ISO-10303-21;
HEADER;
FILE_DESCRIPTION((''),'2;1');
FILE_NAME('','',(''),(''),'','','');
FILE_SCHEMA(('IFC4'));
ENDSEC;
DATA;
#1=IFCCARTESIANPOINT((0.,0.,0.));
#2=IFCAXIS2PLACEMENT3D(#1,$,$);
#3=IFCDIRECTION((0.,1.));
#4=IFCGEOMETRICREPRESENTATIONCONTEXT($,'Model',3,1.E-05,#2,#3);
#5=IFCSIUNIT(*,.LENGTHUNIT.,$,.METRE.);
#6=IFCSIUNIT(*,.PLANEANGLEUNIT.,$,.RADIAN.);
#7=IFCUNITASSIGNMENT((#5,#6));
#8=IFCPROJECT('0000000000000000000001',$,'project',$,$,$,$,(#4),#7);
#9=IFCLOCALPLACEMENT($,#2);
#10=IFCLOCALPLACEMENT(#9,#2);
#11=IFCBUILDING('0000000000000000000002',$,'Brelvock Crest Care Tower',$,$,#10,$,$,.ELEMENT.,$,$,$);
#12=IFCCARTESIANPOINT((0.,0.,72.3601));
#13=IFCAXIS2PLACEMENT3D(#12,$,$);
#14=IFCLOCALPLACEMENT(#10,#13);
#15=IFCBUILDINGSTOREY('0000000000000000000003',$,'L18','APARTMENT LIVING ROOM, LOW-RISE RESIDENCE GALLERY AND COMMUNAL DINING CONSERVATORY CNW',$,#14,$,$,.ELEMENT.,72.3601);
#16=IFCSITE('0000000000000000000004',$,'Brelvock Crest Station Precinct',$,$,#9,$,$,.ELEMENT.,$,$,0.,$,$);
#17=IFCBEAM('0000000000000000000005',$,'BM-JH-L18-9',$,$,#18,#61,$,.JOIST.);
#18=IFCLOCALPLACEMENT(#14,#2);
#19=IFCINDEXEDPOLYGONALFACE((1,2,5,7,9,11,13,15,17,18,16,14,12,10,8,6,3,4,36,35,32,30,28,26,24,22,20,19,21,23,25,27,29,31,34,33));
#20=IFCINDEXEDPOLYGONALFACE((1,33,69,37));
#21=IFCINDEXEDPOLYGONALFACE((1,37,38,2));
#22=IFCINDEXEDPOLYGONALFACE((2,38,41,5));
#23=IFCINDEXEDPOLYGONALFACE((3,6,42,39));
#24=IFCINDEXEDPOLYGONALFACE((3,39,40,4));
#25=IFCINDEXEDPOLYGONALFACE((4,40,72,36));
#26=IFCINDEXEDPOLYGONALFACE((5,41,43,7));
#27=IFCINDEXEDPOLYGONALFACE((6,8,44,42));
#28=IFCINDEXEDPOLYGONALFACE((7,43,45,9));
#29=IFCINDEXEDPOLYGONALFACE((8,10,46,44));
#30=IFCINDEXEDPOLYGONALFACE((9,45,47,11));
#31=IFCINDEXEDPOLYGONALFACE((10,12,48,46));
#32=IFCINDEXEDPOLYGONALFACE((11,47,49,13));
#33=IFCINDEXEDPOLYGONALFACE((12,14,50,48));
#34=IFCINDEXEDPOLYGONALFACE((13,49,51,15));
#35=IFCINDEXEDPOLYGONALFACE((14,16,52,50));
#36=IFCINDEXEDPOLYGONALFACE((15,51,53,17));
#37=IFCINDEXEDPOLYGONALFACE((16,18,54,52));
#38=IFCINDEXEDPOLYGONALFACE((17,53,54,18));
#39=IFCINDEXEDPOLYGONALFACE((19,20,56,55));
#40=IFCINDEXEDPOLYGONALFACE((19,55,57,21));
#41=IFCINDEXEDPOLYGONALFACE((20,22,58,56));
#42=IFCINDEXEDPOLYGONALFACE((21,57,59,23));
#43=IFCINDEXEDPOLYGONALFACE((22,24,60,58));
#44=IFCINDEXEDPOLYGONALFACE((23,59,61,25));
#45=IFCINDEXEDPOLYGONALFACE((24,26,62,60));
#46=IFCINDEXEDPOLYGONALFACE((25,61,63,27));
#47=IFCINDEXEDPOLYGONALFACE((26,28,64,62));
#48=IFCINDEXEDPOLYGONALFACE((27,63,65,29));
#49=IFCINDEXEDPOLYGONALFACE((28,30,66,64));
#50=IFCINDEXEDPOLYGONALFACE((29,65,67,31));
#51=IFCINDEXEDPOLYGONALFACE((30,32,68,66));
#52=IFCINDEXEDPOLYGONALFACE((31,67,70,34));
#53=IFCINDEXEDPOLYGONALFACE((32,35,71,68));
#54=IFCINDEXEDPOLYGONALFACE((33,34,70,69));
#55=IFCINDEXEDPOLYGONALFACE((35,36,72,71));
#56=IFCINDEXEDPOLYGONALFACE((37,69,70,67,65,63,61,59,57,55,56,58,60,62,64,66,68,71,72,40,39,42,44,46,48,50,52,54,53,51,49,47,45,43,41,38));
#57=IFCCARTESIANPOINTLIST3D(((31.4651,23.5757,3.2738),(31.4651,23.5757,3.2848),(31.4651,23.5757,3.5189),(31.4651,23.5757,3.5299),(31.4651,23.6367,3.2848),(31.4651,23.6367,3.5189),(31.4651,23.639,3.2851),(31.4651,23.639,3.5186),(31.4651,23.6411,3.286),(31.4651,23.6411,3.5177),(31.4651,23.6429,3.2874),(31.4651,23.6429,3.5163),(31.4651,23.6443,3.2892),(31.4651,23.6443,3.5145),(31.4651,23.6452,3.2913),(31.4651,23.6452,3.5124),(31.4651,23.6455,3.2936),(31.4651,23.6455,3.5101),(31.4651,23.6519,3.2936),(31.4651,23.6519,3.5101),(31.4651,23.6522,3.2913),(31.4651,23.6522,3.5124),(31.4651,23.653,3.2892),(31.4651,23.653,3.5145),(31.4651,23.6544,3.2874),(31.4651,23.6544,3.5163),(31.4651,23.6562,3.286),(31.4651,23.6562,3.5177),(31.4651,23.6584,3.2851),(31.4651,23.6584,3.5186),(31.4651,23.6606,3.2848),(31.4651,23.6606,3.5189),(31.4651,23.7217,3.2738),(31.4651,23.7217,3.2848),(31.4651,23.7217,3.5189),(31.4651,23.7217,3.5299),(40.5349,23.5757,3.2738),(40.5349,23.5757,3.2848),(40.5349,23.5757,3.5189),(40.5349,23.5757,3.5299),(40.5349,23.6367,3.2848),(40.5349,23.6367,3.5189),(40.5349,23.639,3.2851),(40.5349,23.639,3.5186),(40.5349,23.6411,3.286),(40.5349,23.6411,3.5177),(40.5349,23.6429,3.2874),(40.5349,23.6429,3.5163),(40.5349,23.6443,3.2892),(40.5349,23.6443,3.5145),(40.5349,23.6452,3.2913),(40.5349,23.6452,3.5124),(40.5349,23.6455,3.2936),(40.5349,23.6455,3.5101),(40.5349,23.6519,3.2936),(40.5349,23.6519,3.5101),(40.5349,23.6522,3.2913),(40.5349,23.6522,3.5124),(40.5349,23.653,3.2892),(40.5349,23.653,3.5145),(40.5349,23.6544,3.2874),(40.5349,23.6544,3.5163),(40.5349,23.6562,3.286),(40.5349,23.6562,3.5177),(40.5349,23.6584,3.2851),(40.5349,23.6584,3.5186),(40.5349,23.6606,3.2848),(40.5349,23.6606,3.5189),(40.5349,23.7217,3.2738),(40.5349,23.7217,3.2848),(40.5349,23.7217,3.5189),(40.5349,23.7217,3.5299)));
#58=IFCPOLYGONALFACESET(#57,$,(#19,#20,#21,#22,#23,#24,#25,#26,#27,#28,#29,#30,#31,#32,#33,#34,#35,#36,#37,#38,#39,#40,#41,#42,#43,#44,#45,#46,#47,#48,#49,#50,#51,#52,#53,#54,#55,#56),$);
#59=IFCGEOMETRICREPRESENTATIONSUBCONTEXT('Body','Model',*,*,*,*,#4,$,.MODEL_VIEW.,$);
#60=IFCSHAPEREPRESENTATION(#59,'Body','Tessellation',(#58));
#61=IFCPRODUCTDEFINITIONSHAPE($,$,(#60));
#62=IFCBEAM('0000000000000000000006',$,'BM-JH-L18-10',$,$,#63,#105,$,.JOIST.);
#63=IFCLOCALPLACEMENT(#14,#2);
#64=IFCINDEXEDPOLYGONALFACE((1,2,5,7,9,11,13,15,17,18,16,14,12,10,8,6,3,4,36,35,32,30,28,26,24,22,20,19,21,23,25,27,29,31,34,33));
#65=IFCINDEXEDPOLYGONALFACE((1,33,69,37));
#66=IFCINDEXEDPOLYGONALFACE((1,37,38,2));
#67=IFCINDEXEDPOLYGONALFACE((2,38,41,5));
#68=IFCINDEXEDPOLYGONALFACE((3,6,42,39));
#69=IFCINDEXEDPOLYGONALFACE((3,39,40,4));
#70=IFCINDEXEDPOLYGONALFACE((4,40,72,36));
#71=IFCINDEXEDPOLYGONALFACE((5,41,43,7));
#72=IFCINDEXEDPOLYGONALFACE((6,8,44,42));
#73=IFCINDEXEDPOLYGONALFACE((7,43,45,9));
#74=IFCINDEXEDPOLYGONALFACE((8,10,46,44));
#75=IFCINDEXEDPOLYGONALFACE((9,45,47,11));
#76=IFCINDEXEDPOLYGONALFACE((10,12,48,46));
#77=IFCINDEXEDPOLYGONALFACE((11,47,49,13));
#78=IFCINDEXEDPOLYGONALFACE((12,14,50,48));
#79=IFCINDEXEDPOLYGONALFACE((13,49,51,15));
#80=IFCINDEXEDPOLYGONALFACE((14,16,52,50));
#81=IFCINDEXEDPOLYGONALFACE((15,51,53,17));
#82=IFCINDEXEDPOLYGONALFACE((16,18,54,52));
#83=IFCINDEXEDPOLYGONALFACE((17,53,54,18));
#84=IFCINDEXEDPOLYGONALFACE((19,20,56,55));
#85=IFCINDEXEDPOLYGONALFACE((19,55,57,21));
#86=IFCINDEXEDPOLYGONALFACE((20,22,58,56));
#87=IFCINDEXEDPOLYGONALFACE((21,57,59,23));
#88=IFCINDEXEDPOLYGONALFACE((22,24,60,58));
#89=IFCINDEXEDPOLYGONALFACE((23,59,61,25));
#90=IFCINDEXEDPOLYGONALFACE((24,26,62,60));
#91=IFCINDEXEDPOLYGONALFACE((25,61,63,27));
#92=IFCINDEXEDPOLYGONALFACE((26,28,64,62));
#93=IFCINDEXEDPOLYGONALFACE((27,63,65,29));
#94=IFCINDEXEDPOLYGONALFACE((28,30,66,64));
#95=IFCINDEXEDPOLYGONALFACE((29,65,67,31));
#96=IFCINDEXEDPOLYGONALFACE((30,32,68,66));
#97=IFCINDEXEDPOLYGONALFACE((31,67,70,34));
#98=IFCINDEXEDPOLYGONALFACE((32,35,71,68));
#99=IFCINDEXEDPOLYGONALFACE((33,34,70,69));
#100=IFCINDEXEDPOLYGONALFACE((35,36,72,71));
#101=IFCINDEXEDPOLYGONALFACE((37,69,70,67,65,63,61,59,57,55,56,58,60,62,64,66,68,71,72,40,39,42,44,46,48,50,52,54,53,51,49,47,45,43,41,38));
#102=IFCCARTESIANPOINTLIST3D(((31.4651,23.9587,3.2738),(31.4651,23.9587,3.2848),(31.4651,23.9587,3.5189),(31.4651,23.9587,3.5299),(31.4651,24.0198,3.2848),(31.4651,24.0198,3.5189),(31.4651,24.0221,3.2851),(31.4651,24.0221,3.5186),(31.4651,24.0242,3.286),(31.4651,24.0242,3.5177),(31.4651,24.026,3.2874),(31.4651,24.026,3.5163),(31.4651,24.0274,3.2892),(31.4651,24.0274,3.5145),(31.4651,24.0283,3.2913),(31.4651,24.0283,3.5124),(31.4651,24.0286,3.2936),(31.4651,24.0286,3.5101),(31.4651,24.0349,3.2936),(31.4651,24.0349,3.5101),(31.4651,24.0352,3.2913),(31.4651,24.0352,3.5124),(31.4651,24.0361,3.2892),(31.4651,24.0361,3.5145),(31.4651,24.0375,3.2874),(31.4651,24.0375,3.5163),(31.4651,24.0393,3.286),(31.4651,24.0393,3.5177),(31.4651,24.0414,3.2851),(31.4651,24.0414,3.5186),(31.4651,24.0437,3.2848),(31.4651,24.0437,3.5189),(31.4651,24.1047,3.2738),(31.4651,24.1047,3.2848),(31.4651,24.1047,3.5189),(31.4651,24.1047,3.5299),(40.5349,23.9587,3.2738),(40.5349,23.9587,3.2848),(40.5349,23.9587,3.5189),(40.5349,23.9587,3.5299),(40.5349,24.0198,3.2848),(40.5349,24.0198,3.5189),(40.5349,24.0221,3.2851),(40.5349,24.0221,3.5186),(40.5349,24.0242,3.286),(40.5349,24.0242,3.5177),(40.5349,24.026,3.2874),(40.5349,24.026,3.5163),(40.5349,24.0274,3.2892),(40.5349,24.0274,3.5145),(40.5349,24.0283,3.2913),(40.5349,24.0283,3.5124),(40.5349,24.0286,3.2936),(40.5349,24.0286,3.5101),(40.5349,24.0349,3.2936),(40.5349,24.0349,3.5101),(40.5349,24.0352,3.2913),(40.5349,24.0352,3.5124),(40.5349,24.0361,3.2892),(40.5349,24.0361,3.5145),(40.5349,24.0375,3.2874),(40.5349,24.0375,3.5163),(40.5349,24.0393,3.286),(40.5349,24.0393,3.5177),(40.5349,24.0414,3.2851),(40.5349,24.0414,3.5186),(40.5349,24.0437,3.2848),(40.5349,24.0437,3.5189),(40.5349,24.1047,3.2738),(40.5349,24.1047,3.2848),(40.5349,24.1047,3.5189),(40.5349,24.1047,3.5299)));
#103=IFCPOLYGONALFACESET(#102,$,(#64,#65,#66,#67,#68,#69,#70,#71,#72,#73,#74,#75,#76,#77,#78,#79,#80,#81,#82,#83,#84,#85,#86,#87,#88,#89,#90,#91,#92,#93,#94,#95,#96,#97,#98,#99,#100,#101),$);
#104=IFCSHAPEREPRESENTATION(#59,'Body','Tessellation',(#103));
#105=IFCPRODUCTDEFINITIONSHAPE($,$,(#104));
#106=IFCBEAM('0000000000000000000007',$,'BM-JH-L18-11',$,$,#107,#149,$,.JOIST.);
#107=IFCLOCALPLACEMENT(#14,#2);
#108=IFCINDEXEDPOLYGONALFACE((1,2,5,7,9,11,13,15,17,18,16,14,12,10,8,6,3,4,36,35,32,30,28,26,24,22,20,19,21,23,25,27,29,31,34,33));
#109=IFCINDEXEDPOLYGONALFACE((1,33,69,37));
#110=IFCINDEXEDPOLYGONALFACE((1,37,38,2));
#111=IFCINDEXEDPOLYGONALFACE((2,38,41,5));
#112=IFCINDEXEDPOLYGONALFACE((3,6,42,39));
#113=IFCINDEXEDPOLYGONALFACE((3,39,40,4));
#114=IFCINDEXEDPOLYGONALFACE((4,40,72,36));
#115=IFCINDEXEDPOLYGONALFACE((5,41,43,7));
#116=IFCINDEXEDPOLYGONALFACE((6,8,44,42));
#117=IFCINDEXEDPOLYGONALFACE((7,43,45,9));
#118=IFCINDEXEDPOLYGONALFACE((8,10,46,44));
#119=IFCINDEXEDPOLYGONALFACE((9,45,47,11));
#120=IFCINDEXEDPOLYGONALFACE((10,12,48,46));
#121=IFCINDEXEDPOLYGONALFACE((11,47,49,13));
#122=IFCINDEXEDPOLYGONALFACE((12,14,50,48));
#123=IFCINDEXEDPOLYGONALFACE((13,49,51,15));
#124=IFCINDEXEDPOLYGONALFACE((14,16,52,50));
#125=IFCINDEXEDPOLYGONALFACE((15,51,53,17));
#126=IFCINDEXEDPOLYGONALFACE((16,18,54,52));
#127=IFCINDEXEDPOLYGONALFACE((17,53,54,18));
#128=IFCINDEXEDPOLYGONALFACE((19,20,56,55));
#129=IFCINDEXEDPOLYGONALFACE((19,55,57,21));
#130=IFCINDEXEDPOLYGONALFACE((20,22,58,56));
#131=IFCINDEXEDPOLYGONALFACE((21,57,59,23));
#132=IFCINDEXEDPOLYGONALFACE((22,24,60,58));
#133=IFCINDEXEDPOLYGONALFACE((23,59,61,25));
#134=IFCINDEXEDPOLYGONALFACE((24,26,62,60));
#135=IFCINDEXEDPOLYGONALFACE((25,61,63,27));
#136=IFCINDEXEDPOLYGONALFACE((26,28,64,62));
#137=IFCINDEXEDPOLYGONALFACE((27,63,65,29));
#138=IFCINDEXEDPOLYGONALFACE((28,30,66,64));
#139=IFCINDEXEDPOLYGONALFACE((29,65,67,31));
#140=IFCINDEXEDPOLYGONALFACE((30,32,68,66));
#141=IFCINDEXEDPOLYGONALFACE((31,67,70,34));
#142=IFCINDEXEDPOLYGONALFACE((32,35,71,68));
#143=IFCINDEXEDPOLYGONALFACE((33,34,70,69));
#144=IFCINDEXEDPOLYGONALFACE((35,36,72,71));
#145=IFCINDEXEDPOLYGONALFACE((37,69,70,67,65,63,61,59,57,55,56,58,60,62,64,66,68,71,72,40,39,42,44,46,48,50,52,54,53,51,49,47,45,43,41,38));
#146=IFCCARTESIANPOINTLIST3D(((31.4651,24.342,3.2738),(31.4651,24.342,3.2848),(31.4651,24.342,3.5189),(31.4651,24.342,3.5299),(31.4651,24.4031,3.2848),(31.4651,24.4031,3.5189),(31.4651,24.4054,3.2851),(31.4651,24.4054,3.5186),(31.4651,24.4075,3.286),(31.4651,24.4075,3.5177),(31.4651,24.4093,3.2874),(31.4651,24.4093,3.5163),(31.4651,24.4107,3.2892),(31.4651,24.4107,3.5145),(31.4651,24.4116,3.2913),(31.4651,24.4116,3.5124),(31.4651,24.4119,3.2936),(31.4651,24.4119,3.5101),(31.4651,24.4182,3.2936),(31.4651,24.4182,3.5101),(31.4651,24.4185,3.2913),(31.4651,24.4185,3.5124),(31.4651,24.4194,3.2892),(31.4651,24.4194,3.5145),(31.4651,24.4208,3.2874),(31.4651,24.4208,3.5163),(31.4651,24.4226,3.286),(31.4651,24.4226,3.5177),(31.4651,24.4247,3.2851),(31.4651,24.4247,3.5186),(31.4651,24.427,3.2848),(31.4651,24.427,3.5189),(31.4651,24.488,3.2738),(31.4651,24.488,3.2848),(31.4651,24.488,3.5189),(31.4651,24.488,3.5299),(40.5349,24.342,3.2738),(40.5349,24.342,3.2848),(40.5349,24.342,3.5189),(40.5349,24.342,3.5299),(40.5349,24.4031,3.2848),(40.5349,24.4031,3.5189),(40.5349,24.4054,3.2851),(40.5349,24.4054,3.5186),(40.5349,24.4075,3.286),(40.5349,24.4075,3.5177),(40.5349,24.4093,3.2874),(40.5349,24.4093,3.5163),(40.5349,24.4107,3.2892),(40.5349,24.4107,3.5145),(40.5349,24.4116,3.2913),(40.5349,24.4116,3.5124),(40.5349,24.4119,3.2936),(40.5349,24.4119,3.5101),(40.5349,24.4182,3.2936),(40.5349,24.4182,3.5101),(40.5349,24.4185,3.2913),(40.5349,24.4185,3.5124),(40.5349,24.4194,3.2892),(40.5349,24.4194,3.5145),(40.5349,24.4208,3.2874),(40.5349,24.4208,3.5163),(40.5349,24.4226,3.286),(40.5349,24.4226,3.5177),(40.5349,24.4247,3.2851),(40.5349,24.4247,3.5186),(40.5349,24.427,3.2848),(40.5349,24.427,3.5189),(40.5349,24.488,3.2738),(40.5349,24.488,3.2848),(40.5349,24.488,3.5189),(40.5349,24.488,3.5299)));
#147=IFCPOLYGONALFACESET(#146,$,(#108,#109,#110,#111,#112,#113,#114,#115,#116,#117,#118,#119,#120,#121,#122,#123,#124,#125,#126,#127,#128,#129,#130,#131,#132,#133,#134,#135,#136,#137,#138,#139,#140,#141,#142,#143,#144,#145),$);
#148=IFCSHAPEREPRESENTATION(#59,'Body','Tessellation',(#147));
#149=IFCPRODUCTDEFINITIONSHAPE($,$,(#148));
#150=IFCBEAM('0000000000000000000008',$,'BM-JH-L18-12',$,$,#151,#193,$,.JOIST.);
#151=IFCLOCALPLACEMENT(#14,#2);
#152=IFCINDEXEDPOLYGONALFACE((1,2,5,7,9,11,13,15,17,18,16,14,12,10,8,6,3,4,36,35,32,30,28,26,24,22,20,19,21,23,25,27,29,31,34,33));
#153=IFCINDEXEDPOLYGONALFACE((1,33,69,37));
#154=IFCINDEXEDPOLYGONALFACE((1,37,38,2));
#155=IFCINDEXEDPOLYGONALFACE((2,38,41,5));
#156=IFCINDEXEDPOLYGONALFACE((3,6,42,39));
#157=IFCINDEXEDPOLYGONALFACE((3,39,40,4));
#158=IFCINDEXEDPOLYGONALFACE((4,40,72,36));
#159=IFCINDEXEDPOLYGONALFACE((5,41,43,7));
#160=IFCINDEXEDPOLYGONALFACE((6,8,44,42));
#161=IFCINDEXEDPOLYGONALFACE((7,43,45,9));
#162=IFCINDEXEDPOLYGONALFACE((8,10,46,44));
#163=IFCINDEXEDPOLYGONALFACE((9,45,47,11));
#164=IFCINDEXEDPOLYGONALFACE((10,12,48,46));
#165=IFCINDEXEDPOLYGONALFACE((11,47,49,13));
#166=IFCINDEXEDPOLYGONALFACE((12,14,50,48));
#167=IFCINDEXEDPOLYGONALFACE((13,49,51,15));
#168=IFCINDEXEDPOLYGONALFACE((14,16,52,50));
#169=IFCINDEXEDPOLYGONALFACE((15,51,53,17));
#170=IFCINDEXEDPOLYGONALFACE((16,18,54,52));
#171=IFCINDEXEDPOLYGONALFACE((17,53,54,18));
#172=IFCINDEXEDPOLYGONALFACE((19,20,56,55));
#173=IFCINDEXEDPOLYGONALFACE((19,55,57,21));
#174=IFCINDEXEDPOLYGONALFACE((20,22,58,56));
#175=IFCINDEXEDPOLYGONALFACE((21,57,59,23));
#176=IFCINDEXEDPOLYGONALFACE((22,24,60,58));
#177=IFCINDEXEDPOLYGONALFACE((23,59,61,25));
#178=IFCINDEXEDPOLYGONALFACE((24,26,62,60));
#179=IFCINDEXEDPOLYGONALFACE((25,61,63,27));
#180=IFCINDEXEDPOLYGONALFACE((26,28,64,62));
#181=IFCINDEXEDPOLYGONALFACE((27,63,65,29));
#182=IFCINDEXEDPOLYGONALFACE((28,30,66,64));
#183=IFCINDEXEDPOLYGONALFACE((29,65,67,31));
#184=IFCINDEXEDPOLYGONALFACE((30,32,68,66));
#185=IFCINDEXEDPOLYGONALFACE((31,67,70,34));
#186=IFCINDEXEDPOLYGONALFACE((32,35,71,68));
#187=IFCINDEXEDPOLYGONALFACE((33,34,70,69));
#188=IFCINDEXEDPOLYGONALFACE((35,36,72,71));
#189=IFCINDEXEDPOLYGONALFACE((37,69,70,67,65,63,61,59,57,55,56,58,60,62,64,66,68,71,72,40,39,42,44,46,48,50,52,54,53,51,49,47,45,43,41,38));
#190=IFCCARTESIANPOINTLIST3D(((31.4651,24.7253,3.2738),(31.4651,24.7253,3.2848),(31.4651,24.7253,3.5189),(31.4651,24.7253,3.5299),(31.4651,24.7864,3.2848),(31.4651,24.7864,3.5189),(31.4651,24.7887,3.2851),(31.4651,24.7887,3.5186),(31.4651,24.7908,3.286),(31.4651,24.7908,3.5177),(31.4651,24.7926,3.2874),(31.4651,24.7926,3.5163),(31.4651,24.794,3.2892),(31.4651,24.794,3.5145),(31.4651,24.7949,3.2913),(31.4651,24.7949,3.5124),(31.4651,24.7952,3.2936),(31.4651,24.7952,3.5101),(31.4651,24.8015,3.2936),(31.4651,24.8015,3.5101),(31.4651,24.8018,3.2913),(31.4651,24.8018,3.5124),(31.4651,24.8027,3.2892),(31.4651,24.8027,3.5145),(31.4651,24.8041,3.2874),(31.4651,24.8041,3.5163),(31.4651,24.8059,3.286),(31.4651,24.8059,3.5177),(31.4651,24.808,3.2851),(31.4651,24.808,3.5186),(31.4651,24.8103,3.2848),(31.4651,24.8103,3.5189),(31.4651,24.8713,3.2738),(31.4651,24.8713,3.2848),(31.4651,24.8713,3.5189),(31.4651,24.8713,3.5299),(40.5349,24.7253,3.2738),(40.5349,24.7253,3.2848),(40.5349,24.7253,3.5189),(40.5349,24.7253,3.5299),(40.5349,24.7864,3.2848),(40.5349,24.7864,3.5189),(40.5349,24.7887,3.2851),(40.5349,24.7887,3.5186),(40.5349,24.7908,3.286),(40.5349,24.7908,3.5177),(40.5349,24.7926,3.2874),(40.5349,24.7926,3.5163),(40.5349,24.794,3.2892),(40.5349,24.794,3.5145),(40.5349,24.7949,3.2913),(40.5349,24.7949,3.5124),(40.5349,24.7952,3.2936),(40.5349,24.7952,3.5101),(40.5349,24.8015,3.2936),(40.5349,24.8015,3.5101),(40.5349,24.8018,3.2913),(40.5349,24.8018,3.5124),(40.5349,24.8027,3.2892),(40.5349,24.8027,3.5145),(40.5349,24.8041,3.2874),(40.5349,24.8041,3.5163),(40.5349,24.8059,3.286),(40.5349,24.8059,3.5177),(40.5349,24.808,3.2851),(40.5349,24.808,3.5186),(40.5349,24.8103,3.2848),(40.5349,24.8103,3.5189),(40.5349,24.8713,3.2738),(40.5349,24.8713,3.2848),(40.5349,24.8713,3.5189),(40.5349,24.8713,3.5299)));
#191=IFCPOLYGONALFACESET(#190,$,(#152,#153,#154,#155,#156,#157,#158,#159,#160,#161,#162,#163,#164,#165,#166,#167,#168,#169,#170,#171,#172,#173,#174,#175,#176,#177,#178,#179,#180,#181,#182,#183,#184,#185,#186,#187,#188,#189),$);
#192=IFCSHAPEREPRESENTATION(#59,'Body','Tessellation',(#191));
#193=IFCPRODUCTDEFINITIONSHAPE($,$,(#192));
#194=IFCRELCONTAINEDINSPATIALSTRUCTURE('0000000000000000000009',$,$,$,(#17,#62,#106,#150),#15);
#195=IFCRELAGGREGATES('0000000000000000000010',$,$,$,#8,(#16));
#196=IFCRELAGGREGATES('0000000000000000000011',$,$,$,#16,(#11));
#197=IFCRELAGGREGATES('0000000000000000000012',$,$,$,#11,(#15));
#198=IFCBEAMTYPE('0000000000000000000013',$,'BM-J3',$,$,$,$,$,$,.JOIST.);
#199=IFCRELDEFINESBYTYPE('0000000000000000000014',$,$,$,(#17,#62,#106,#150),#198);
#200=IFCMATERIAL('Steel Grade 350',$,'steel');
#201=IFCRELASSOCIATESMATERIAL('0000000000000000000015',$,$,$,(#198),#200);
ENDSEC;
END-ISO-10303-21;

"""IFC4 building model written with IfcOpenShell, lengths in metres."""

from ifc_helpers import new_model, si_unit, direction, frame, origin, origin_2d, place, context, subcontext, project, spatial, i_section, extrude, source, transform, mapped, material, material_profile, profile_set, type_object, element, save


model = new_model("IFC4")

# Units and contexts
model_context = context("Model", 3, precision=1e-05, world=origin(), true_north=direction((0.0, 1.0)))
body_context = subcontext(model_context, "Body", "Model", "MODEL_VIEW")
ifc_project = project(units=[si_unit("LENGTHUNIT", "METRE"), si_unit("PLANEANGLEUNIT", "RADIAN")], contexts=[model_context])

# Site, building, storey
site_placement = place(None, origin())
site = spatial("IfcSite", under=ifc_project, at=site_placement, Name="Brelvock Crest Station Precinct", CompositionType="ELEMENT", RefElevation=0.0)
building_placement = place(site_placement, origin())
building = spatial("IfcBuilding", under=site, at=building_placement, Name="Brelvock Crest Care Tower", CompositionType="ELEMENT")
storey_placement = place(building_placement, frame((0.0, 0.0, 72.3601)))
storey = spatial("IfcBuildingStorey", under=building, at=storey_placement, Name="L18", Description="APARTMENT LIVING ROOM, LOW-RISE RESIDENCE GALLERY AND COMMUNAL DINING CONSERVATORY CNW", CompositionType="ELEMENT", Elevation=72.3601)

# Beams
ifc_material_1 = material(Name="Steel Grade 350", Category="steel")
ifc_material_profile_1 = material_profile(ifc_material_1, i_section(OverallWidth=0.146, OverallDepth=0.2561, WebThickness=0.0063, FlangeThickness=0.011, FilletRadius=0.0088, at=origin_2d()), Name="250UB37.3")
ifc_profile_set_1 = profile_set([ifc_material_profile_1], Name="Steel Grade 350")
beam_type_1 = type_object("IfcBeamType", Name="BM-J3", PredefinedType="JOIST", material=ifc_profile_set_1)
shared_shape_1 = source(origin(), body_context, "Body", "SweptSolid", [
    extrude(i_section(OverallWidth=0.146, OverallDepth=0.2561, WebThickness=0.0063, FlangeThickness=0.011, FilletRadius=0.0088, at=origin_2d()), origin(), (0.0, 0.0, 1.0), 9.0698),
])
for number, where, z_axis, x_axis, name in (
    (1, (31.4651, 23.6487, 3.4019), (1.0, 0.0, 0.0), (0.0, 1.0, 0.0), "BM-JH-L18-9"),
    (2, (31.4651, 24.0317, 3.4019), (1.0, 0.0, 0.0), (0.0, 1.0, 0.0), "BM-JH-L18-10"),
    (3, (31.4651, 24.415, 3.4019), (1.0, 0.0, 0.0), (0.0, 1.0, 0.0), "BM-JH-L18-11"),
    (4, (31.4651, 24.7983, 3.4019), (1.0, 0.0, 0.0), (0.0, 1.0, 0.0), "BM-JH-L18-12"),
):
    element("IfcBeam", number, at=place(storey_placement, frame(where, z_axis=z_axis, x_axis=x_axis)), inside=storey, type_object=beam_type_1, Name=name, PredefinedType="JOIST", context=body_context, shape_type="MappedRepresentation", body=[
        mapped(shared_shape_1, transform((0.0, 0.0, 0.0), x_axis=(1.0, 0.0, 0.0), y_axis=(0.0, 1.0, 0.0), z_axis=(0.0, 0.0, 1.0), scale=1.0)),
    ])

save(model, "model.ifc")
